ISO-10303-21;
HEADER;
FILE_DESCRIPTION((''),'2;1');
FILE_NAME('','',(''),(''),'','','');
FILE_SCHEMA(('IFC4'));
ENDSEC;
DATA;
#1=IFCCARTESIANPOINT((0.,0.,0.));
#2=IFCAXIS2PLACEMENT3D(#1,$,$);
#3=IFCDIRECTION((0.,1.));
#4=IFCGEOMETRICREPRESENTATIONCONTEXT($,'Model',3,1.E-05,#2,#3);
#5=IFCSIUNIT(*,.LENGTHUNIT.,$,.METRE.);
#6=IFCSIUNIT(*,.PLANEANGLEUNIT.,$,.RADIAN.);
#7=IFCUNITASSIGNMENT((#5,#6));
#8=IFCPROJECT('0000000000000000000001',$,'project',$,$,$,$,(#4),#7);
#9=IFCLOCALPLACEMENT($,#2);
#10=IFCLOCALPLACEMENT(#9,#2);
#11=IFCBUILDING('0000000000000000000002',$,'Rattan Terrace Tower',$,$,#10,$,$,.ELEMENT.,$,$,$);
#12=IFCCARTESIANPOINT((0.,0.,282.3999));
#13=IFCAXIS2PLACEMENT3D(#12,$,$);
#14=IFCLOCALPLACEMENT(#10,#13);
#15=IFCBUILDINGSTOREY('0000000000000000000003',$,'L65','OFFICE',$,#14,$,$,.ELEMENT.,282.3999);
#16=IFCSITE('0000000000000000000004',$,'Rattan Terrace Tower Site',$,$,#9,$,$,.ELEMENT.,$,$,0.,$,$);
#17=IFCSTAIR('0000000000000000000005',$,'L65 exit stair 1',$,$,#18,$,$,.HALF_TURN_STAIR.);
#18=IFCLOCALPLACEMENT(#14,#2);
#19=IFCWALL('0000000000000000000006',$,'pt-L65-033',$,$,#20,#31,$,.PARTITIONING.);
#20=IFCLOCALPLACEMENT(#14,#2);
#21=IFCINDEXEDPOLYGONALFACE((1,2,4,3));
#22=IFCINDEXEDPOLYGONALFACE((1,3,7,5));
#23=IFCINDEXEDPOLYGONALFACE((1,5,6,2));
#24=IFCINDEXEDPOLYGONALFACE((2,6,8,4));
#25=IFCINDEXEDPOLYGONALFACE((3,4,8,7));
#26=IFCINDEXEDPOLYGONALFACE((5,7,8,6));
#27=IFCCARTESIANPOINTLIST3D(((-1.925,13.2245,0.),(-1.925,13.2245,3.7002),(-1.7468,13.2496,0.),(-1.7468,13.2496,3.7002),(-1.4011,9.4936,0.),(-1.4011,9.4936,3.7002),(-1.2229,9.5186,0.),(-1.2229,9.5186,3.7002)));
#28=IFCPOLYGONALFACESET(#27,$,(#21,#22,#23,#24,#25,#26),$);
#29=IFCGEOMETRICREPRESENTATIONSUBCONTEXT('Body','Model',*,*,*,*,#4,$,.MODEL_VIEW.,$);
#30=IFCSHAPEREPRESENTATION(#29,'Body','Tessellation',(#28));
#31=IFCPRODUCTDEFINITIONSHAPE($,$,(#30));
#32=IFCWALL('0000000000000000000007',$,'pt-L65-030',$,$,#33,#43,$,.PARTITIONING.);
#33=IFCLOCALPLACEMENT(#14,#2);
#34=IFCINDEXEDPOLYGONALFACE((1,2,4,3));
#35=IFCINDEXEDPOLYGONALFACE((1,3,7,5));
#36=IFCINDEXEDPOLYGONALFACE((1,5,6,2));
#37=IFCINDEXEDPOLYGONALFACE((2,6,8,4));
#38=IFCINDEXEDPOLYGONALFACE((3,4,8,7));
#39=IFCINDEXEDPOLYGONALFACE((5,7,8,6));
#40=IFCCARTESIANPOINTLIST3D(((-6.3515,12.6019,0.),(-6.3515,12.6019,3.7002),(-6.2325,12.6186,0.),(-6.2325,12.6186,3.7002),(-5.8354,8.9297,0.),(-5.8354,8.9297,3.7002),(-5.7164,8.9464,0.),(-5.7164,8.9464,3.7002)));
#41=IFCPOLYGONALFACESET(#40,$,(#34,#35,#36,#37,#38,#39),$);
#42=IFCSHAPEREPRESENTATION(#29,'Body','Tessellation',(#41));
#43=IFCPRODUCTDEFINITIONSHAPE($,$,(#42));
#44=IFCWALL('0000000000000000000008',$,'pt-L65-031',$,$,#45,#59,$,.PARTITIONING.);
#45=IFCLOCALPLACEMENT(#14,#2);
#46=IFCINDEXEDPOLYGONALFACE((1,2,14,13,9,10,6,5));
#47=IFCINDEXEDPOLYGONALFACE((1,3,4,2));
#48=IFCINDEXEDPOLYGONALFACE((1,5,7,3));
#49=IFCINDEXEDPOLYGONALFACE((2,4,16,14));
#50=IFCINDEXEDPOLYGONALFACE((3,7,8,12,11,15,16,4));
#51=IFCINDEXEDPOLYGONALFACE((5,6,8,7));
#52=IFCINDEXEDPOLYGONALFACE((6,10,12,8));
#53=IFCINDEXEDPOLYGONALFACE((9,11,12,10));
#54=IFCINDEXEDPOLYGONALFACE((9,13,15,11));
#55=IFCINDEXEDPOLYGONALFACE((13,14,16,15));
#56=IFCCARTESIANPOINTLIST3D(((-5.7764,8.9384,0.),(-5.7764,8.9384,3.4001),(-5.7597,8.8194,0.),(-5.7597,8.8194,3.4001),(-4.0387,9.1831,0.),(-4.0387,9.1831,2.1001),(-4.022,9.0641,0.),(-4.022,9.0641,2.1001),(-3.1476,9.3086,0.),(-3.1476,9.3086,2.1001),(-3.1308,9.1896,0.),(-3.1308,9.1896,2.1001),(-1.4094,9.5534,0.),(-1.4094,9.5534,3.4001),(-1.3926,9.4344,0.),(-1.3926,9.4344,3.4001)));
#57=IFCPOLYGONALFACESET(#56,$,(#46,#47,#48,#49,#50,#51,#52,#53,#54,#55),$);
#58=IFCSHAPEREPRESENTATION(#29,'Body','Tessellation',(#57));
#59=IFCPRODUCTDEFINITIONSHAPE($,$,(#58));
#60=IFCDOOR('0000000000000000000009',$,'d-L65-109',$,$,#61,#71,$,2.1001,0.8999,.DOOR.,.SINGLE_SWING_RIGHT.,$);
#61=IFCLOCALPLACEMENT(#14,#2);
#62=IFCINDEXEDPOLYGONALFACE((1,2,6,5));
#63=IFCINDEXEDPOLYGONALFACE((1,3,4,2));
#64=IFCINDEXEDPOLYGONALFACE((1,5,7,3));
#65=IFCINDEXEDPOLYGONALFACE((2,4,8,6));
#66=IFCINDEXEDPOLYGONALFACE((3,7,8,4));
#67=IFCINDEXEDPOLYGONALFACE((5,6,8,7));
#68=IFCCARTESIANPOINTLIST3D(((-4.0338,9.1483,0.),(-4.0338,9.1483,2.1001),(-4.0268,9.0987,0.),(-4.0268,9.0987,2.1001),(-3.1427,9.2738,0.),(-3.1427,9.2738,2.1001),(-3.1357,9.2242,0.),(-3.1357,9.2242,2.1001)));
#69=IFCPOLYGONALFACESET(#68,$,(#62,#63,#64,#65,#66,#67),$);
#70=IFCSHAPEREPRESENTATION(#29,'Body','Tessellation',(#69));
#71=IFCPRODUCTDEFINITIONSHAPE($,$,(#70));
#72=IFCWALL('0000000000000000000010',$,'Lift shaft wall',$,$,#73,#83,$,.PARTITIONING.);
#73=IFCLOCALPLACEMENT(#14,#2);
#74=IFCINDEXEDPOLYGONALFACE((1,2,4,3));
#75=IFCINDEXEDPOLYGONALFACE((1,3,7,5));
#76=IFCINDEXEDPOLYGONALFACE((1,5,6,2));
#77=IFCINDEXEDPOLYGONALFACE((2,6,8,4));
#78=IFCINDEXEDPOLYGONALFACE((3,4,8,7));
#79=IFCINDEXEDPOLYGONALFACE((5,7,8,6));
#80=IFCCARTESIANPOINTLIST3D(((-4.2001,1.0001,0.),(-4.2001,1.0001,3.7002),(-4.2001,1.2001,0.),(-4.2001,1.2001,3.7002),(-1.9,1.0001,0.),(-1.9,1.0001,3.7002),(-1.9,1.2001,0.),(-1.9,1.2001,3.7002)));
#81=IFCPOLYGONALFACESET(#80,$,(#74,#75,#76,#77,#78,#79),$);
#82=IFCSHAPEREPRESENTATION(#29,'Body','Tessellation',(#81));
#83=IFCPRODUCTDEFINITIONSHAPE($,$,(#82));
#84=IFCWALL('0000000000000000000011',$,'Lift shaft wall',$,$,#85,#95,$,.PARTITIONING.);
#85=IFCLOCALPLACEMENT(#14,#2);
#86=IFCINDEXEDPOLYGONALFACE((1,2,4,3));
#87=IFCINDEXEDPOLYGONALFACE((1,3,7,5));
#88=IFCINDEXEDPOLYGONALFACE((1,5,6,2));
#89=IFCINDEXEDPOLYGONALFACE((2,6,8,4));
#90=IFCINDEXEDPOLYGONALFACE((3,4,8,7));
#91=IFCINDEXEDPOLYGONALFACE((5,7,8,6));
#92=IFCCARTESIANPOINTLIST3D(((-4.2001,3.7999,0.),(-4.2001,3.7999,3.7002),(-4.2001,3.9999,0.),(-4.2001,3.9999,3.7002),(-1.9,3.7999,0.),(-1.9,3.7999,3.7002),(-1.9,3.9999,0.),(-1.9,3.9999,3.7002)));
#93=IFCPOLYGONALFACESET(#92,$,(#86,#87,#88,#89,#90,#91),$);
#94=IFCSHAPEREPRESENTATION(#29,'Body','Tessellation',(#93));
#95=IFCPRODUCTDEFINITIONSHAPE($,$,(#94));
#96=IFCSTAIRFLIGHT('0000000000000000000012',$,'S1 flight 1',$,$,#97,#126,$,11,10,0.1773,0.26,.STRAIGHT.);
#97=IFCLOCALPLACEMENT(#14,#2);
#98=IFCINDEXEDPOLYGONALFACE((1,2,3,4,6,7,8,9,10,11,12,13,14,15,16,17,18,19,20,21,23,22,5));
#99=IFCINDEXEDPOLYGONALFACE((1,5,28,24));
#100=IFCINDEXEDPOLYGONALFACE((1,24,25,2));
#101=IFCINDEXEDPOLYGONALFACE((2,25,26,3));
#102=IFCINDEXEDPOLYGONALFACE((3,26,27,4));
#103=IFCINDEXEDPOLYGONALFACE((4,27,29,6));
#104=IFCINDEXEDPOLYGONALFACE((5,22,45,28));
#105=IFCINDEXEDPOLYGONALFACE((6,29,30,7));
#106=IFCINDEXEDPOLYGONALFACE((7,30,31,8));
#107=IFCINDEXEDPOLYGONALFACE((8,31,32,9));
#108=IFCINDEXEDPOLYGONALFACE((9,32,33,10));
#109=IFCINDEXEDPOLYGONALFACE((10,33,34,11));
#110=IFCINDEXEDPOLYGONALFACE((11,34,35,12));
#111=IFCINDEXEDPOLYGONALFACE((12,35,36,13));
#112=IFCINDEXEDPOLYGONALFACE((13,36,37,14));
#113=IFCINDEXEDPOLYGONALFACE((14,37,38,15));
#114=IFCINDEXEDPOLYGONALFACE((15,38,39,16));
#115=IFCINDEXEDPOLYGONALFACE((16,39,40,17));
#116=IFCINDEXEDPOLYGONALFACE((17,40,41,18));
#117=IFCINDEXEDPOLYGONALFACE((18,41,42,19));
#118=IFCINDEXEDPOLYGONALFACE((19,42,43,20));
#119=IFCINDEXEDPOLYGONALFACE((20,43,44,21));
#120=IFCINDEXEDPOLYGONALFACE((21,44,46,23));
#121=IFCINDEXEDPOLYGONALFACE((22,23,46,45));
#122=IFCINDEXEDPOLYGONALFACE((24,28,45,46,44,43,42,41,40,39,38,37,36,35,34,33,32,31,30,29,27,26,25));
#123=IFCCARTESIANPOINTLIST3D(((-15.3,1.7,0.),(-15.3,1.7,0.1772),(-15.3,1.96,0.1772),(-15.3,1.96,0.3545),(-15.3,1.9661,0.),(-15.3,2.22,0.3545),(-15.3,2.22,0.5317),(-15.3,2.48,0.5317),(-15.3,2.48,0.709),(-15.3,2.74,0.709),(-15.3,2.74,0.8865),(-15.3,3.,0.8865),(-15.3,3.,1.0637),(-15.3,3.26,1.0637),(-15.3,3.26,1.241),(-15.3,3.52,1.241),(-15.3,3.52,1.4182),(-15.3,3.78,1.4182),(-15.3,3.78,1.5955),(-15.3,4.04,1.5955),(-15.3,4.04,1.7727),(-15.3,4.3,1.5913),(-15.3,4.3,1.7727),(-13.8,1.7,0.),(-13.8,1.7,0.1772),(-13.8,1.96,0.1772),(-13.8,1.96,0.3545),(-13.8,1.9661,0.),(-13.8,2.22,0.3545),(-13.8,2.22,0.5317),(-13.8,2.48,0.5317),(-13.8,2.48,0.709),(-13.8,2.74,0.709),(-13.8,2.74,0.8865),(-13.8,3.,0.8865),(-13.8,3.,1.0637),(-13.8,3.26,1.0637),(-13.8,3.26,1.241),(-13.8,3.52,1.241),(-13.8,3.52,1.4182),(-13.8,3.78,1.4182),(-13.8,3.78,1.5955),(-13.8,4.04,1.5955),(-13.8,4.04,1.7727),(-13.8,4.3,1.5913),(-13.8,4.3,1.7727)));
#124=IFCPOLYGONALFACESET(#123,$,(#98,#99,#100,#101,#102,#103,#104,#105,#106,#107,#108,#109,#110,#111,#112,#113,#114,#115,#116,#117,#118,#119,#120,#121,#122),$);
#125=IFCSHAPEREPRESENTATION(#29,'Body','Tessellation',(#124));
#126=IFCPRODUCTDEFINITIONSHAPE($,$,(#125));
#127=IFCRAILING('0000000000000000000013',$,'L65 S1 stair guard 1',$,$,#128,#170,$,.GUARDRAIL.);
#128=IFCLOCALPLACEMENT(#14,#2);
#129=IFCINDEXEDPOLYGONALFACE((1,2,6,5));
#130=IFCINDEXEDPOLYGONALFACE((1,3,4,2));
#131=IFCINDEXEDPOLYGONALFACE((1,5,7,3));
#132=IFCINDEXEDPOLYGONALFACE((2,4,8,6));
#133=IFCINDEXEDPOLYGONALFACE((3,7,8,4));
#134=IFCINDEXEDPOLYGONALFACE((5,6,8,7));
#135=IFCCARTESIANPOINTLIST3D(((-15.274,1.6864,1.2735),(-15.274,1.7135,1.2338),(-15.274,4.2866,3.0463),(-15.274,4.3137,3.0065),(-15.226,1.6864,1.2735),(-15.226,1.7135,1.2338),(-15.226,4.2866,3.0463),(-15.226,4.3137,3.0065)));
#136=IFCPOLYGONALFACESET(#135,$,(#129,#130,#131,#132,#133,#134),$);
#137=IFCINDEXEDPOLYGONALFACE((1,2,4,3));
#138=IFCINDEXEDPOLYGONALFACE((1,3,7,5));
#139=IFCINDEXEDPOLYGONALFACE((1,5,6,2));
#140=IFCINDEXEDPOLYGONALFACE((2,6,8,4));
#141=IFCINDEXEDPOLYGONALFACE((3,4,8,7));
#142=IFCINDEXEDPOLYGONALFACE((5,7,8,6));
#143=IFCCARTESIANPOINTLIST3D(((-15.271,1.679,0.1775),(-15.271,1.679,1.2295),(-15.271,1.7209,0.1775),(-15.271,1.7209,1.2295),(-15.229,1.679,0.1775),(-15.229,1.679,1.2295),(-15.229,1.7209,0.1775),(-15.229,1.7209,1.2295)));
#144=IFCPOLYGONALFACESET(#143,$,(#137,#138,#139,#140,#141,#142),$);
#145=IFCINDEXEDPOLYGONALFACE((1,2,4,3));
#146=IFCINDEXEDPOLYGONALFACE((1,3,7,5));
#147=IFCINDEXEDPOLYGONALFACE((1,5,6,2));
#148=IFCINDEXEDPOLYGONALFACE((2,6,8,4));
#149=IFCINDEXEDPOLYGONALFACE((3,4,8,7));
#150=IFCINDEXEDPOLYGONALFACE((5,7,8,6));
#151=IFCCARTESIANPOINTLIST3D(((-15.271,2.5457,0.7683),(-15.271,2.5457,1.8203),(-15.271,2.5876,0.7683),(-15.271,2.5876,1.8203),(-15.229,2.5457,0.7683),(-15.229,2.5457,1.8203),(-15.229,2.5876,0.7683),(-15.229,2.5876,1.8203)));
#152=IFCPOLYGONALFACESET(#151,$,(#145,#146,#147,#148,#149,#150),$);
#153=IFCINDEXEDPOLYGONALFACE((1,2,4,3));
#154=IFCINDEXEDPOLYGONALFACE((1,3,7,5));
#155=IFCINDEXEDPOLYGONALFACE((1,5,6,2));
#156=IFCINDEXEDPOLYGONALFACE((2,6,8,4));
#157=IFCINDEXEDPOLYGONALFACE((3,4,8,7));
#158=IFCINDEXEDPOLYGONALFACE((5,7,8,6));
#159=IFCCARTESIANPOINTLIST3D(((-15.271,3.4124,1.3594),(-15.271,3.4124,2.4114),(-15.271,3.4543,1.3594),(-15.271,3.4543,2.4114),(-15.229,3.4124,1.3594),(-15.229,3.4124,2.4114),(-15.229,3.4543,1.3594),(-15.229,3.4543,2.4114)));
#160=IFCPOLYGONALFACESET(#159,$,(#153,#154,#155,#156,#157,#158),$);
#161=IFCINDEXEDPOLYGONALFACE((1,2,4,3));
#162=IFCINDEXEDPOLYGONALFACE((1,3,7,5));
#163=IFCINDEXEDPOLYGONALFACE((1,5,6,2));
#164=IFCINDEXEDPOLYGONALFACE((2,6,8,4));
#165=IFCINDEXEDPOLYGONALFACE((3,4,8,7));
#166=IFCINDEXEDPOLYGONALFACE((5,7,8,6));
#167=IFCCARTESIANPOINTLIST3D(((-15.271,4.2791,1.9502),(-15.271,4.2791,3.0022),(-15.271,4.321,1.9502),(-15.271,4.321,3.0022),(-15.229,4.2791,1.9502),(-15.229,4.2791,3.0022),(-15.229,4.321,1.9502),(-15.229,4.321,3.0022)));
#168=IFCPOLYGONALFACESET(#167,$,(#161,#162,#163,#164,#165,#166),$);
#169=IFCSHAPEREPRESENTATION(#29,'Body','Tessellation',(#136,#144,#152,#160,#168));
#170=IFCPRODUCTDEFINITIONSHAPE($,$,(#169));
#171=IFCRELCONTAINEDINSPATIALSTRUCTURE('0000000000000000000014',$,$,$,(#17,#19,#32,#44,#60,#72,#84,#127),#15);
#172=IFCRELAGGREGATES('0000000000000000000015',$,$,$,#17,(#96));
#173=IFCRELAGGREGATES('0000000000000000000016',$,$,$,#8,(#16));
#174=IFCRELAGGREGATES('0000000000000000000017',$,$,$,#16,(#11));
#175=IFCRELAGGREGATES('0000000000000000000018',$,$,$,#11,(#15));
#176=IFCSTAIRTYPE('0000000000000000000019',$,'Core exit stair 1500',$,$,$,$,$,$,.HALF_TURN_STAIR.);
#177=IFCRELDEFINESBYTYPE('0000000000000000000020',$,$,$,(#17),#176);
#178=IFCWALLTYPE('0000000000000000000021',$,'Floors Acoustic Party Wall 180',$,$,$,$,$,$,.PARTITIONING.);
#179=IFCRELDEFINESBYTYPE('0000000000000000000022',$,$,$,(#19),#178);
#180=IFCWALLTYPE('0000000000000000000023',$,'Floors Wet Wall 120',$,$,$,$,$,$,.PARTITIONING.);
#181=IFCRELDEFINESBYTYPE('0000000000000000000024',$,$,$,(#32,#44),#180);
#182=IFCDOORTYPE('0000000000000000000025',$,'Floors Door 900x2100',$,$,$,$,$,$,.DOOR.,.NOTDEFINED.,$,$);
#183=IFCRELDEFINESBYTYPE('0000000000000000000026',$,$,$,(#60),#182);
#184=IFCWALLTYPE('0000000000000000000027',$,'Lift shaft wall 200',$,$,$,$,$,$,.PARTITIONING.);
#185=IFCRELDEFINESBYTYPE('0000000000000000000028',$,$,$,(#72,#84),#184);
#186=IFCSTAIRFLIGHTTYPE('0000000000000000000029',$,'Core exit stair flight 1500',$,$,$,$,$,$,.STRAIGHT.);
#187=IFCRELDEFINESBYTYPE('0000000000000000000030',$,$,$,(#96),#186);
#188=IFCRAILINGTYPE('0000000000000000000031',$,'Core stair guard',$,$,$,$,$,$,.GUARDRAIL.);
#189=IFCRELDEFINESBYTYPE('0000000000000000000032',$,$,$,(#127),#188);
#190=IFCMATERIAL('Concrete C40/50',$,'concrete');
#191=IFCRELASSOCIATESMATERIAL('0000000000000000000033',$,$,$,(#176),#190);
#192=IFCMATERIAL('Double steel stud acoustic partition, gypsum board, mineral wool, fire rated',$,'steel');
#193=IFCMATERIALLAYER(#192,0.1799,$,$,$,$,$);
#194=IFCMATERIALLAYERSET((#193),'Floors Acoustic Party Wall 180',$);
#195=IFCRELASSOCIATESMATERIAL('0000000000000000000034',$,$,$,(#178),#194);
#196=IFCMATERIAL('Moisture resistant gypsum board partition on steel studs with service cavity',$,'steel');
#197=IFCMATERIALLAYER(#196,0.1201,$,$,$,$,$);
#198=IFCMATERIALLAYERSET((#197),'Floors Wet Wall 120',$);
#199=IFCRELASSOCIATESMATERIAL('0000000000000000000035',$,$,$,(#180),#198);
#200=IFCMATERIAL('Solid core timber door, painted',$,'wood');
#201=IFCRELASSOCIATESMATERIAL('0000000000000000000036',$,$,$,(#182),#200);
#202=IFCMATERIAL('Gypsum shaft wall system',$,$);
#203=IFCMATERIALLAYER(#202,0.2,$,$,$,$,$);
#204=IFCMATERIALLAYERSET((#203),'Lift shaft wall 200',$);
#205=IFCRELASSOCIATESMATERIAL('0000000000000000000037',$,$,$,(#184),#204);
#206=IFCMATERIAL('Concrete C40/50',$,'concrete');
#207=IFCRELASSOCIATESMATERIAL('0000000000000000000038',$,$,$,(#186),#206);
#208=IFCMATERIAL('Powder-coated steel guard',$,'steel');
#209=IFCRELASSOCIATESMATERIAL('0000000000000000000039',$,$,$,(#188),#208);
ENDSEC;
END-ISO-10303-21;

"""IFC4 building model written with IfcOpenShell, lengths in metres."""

from ifc_helpers import new_model, si_unit, direction, frame, frame_2d, origin, origin_2d, place, context, subcontext, project, spatial, polyline, rectangle, outline, extrude, material, layer, layer_set, type_object, element, fill, aggregate, save


model = new_model("IFC4")

# Units and contexts
model_context = context("Model", 3, precision=1e-05, world=origin(), true_north=direction((0.0, 1.0)))
body_context = subcontext(model_context, "Body", "Model", "MODEL_VIEW")
ifc_project = project(units=[si_unit("LENGTHUNIT", "METRE"), si_unit("PLANEANGLEUNIT", "RADIAN")], contexts=[model_context])

# Site, building, storey
site_placement = place(None, origin())
site = spatial("IfcSite", under=ifc_project, at=site_placement, Name="Rattan Terrace Tower Site", CompositionType="ELEMENT", RefElevation=0.0)
building_placement = place(site_placement, origin())
building = spatial("IfcBuilding", under=site, at=building_placement, Name="Rattan Terrace Tower", CompositionType="ELEMENT")
storey_placement = place(building_placement, frame((0.0, 0.0, 282.3999)))
storey = spatial("IfcBuildingStorey", under=building, at=storey_placement, Name="L65", Description="OFFICE", CompositionType="ELEMENT", Elevation=282.3999)

# Stair
ifc_material_1 = material(Name="Concrete C40/50", Category="concrete")
stair_type = type_object("IfcStairType", Name="Core exit stair 1500", PredefinedType="HALF_TURN_STAIR", material=ifc_material_1)
stair_1_placement = place(storey_placement, origin())
stair_1 = element("IfcStair", 1, at=stair_1_placement, inside=storey, type_object=stair_type, Name="L65 exit stair 1", PredefinedType="HALF_TURN_STAIR")

# Walls
ifc_material_2 = material(Name="Double steel stud acoustic partition, gypsum board, mineral wool, fire rated", Category="steel")
ifc_layer_1 = layer(ifc_material_2, 0.1799)
ifc_layer_set_1 = layer_set([ifc_layer_1], Name="Floors Acoustic Party Wall 180")
wall_type_1 = type_object("IfcWallType", Name="Floors Acoustic Party Wall 180", PredefinedType="PARTITIONING", material=ifc_layer_set_1)
wall_1_placement = place(storey_placement, frame((-1.8359, 13.2371, 0.0), z_axis=(0.0, 0.0, 1.0), x_axis=(0.139062, -0.990284, 0.0)))
element("IfcWall", 2, at=wall_1_placement, inside=storey, type_object=wall_type_1, Name="pt-L65-033", PredefinedType="PARTITIONING", context=body_context, shape_type="SweptSolid", body=[
    extrude(rectangle(XDim=3.7676, YDim=0.1799, at=frame_2d((1.8838, 0.0))), origin(), (0.0, 0.0, 1.0), 3.7002),
])
ifc_material_3 = material(Name="Moisture resistant gypsum board partition on steel studs with service cavity", Category="steel")
ifc_layer_2 = layer(ifc_material_3, 0.1201)
ifc_layer_set_2 = layer_set([ifc_layer_2], Name="Floors Wet Wall 120")
wall_type_2 = type_object("IfcWallType", Name="Floors Wet Wall 120", PredefinedType="PARTITIONING", material=ifc_layer_set_2)
wall_2_placement = place(storey_placement, frame((-6.292, 12.6101, 0.0), z_axis=(0.0, 0.0, 1.0), x_axis=(0.139181, -0.990267, 0.0)))
element("IfcWall", 3, at=wall_2_placement, inside=storey, type_object=wall_type_2, Name="pt-L65-030", PredefinedType="PARTITIONING", context=body_context, shape_type="SweptSolid", body=[
    extrude(rectangle(XDim=3.7083, YDim=0.1201, at=frame_2d((1.854, 0.0))), origin(), (0.0, 0.0, 1.0), 3.7002),
])

# Wall, opening, door
wall_3_placement = place(storey_placement, frame((-5.7681, 8.8789, 0.0), z_axis=(0.0, 0.0, 1.0), x_axis=(0.99023, 0.139445, 0.0)))
wall_3 = element("IfcWall", 4, at=wall_3_placement, inside=storey, type_object=wall_type_2, Name="pt-L65-031", PredefinedType="PARTITIONING", context=body_context, shape_type="SweptSolid", body=[
    extrude(rectangle(XDim=4.4102, YDim=0.1201, at=frame_2d((2.2051, 0.0))), origin(), (0.0, 0.0, 1.0), 3.4001),
])
opening_placement = place(wall_3_placement, frame((1.7549, 0.0, 0.0)))
opening = element("IfcOpeningElement", 5, at=opening_placement, cuts=wall_3, PredefinedType="OPENING", context=body_context, shape_type="SweptSolid", body=[
    extrude(rectangle(XDim=0.8999, YDim=2.1001, at=frame_2d((0.45, 1.05))), frame((0.0, 0.0706, 0.0), z_axis=(0.0, -1.0, 0.0), x_axis=(1.0, 0.0, 0.0)), (0.0, 0.0, 1.0), 0.1411),
])
ifc_material_4 = material(Name="Solid core timber door, painted", Category="wood")
door_type = type_object("IfcDoorType", Name="Floors Door 900x2100", OperationType="NOTDEFINED", PredefinedType="DOOR", material=ifc_material_4)
door_placement = place(opening_placement, origin())
door = element("IfcDoor", 6, at=door_placement, inside=storey, type_object=door_type, Name="d-L65-109", OperationType="SINGLE_SWING_RIGHT", OverallHeight=2.1001, OverallWidth=0.8999, PredefinedType="DOOR", context=body_context, shape_type="SweptSolid", body=[
    extrude(rectangle(XDim=0.8999, YDim=2.1001, at=frame_2d((0.45, 1.05))), frame((0.0, 0.0249, 0.0), z_axis=(0.0, -1.0, 0.0), x_axis=(1.0, 0.0, 0.0)), (0.0, 0.0, 1.0), 0.05),
])
fill(opening, door)

# Walls
ifc_material_5 = material(Name="Gypsum shaft wall system")
ifc_layer_3 = layer(ifc_material_5, 0.2)
ifc_layer_set_3 = layer_set([ifc_layer_3], Name="Lift shaft wall 200")
wall_type_3 = type_object("IfcWallType", Name="Lift shaft wall 200", PredefinedType="PARTITIONING", material=ifc_layer_set_3)
for number, where, z_axis, x_axis, name in (
    (7, (-4.2, 1.1001, 0.0), (0.0, 0.0, 1.0), (1.0, 0.0, 0.0), "Lift shaft wall"),
    (8, (-4.2, 3.8999, 0.0), (0.0, 0.0, 1.0), (1.0, 0.0, 0.0), "Lift shaft wall"),
):
    element("IfcWall", number, at=place(storey_placement, frame(where, z_axis=z_axis, x_axis=x_axis)), inside=storey, type_object=wall_type_3, Name=name, PredefinedType="PARTITIONING", context=body_context, shape_type="SweptSolid", body=[
        extrude(rectangle(XDim=2.3, YDim=0.2, at=frame_2d((1.1499, 0.0))), origin(), (0.0, 0.0, 1.0), 3.7002),
    ])

# Stair flight
ifc_material_6 = material(Name="Concrete C40/50", Category="concrete")
stair_flight_type = type_object("IfcStairFlightType", Name="Core exit stair flight 1500", PredefinedType="STRAIGHT", material=ifc_material_6)
stair_flight_placement = place(storey_placement, frame((-14.55, 1.7, 0.0), z_axis=(0.0, 0.0, 1.0), x_axis=(0.0, 1.0, 0.0)))
stair_flight = element("IfcStairFlight", 9, at=stair_flight_placement, type_object=stair_flight_type, Name="S1 flight 1", NumberOfRisers=11, NumberOfTreads=10, PredefinedType="STRAIGHT", RiserHeight=0.1773, TreadLength=0.26, context=body_context, shape_type="SweptSolid", body=[
    extrude(outline(polyline([(0.0, 0.0), (0.0, 0.1772), (0.26, 0.1772), (0.26, 0.3545), (0.52, 0.3545), (0.52, 0.5317), (0.78, 0.5317), (0.78, 0.709), (1.04, 0.709), (1.04, 0.8865), (1.3, 0.8865), (1.3, 1.0637), (1.5601, 1.0637), (1.5601, 1.241), (1.8201, 1.241), (1.8201, 1.4182), (2.0801, 1.4182), (2.0801, 1.5955), (2.3401, 1.5955), (2.3401, 1.7727), (2.6001, 1.7727), (2.6001, 1.95), (2.6001, 1.5913), (0.2661, 0.0), (0.0, 0.0)])), frame((0.0, 0.75, 0.0), z_axis=(0.0, -1.0, 0.0), x_axis=(1.0, 0.0, 0.0)), (0.0, 0.0, 1.0), 1.5),
])
aggregate(stair_1, [stair_flight])

# Railing
ifc_material_7 = material(Name="Powder-coated steel guard", Category="steel")
railing_type_1 = type_object("IfcRailingType", Name="Core stair guard", PredefinedType="GUARDRAIL", material=ifc_material_7)
railing_1_placement = place(storey_placement, frame((-15.25, 1.7, 0.1775)))
element("IfcRailing", 10, at=railing_1_placement, inside=storey, type_object=railing_type_1, Name="L65 S1 stair guard 1", PredefinedType="GUARDRAIL", context=body_context, shape_type="SweptSolid", body=[
    extrude(rectangle(XDim=0.0481, YDim=0.0481, at=origin_2d()), frame((0.0, 0.0, 1.0762), z_axis=(0.0, 0.82624, 0.563318), x_axis=(-1.0, 0.0, 0.0)), (0.0, 0.0, 1.0), 3.147),
    extrude(rectangle(XDim=0.042, YDim=0.042, at=origin_2d()), origin(), (0.0, 0.0, 1.0), 1.052),
    extrude(rectangle(XDim=0.042, YDim=0.042, at=origin_2d()), frame((0.0, 0.8667, 0.5908)), (0.0, 0.0, 1.0), 1.052),
    extrude(rectangle(XDim=0.042, YDim=0.042, at=origin_2d()), frame((0.0, 1.7334, 1.1819)), (0.0, 0.0, 1.0), 1.052),
    extrude(rectangle(XDim=0.042, YDim=0.042, at=origin_2d()), frame((0.0, 2.6001, 1.7727)), (0.0, 0.0, 1.0), 1.052),
])

save(model, "model.ifc")
